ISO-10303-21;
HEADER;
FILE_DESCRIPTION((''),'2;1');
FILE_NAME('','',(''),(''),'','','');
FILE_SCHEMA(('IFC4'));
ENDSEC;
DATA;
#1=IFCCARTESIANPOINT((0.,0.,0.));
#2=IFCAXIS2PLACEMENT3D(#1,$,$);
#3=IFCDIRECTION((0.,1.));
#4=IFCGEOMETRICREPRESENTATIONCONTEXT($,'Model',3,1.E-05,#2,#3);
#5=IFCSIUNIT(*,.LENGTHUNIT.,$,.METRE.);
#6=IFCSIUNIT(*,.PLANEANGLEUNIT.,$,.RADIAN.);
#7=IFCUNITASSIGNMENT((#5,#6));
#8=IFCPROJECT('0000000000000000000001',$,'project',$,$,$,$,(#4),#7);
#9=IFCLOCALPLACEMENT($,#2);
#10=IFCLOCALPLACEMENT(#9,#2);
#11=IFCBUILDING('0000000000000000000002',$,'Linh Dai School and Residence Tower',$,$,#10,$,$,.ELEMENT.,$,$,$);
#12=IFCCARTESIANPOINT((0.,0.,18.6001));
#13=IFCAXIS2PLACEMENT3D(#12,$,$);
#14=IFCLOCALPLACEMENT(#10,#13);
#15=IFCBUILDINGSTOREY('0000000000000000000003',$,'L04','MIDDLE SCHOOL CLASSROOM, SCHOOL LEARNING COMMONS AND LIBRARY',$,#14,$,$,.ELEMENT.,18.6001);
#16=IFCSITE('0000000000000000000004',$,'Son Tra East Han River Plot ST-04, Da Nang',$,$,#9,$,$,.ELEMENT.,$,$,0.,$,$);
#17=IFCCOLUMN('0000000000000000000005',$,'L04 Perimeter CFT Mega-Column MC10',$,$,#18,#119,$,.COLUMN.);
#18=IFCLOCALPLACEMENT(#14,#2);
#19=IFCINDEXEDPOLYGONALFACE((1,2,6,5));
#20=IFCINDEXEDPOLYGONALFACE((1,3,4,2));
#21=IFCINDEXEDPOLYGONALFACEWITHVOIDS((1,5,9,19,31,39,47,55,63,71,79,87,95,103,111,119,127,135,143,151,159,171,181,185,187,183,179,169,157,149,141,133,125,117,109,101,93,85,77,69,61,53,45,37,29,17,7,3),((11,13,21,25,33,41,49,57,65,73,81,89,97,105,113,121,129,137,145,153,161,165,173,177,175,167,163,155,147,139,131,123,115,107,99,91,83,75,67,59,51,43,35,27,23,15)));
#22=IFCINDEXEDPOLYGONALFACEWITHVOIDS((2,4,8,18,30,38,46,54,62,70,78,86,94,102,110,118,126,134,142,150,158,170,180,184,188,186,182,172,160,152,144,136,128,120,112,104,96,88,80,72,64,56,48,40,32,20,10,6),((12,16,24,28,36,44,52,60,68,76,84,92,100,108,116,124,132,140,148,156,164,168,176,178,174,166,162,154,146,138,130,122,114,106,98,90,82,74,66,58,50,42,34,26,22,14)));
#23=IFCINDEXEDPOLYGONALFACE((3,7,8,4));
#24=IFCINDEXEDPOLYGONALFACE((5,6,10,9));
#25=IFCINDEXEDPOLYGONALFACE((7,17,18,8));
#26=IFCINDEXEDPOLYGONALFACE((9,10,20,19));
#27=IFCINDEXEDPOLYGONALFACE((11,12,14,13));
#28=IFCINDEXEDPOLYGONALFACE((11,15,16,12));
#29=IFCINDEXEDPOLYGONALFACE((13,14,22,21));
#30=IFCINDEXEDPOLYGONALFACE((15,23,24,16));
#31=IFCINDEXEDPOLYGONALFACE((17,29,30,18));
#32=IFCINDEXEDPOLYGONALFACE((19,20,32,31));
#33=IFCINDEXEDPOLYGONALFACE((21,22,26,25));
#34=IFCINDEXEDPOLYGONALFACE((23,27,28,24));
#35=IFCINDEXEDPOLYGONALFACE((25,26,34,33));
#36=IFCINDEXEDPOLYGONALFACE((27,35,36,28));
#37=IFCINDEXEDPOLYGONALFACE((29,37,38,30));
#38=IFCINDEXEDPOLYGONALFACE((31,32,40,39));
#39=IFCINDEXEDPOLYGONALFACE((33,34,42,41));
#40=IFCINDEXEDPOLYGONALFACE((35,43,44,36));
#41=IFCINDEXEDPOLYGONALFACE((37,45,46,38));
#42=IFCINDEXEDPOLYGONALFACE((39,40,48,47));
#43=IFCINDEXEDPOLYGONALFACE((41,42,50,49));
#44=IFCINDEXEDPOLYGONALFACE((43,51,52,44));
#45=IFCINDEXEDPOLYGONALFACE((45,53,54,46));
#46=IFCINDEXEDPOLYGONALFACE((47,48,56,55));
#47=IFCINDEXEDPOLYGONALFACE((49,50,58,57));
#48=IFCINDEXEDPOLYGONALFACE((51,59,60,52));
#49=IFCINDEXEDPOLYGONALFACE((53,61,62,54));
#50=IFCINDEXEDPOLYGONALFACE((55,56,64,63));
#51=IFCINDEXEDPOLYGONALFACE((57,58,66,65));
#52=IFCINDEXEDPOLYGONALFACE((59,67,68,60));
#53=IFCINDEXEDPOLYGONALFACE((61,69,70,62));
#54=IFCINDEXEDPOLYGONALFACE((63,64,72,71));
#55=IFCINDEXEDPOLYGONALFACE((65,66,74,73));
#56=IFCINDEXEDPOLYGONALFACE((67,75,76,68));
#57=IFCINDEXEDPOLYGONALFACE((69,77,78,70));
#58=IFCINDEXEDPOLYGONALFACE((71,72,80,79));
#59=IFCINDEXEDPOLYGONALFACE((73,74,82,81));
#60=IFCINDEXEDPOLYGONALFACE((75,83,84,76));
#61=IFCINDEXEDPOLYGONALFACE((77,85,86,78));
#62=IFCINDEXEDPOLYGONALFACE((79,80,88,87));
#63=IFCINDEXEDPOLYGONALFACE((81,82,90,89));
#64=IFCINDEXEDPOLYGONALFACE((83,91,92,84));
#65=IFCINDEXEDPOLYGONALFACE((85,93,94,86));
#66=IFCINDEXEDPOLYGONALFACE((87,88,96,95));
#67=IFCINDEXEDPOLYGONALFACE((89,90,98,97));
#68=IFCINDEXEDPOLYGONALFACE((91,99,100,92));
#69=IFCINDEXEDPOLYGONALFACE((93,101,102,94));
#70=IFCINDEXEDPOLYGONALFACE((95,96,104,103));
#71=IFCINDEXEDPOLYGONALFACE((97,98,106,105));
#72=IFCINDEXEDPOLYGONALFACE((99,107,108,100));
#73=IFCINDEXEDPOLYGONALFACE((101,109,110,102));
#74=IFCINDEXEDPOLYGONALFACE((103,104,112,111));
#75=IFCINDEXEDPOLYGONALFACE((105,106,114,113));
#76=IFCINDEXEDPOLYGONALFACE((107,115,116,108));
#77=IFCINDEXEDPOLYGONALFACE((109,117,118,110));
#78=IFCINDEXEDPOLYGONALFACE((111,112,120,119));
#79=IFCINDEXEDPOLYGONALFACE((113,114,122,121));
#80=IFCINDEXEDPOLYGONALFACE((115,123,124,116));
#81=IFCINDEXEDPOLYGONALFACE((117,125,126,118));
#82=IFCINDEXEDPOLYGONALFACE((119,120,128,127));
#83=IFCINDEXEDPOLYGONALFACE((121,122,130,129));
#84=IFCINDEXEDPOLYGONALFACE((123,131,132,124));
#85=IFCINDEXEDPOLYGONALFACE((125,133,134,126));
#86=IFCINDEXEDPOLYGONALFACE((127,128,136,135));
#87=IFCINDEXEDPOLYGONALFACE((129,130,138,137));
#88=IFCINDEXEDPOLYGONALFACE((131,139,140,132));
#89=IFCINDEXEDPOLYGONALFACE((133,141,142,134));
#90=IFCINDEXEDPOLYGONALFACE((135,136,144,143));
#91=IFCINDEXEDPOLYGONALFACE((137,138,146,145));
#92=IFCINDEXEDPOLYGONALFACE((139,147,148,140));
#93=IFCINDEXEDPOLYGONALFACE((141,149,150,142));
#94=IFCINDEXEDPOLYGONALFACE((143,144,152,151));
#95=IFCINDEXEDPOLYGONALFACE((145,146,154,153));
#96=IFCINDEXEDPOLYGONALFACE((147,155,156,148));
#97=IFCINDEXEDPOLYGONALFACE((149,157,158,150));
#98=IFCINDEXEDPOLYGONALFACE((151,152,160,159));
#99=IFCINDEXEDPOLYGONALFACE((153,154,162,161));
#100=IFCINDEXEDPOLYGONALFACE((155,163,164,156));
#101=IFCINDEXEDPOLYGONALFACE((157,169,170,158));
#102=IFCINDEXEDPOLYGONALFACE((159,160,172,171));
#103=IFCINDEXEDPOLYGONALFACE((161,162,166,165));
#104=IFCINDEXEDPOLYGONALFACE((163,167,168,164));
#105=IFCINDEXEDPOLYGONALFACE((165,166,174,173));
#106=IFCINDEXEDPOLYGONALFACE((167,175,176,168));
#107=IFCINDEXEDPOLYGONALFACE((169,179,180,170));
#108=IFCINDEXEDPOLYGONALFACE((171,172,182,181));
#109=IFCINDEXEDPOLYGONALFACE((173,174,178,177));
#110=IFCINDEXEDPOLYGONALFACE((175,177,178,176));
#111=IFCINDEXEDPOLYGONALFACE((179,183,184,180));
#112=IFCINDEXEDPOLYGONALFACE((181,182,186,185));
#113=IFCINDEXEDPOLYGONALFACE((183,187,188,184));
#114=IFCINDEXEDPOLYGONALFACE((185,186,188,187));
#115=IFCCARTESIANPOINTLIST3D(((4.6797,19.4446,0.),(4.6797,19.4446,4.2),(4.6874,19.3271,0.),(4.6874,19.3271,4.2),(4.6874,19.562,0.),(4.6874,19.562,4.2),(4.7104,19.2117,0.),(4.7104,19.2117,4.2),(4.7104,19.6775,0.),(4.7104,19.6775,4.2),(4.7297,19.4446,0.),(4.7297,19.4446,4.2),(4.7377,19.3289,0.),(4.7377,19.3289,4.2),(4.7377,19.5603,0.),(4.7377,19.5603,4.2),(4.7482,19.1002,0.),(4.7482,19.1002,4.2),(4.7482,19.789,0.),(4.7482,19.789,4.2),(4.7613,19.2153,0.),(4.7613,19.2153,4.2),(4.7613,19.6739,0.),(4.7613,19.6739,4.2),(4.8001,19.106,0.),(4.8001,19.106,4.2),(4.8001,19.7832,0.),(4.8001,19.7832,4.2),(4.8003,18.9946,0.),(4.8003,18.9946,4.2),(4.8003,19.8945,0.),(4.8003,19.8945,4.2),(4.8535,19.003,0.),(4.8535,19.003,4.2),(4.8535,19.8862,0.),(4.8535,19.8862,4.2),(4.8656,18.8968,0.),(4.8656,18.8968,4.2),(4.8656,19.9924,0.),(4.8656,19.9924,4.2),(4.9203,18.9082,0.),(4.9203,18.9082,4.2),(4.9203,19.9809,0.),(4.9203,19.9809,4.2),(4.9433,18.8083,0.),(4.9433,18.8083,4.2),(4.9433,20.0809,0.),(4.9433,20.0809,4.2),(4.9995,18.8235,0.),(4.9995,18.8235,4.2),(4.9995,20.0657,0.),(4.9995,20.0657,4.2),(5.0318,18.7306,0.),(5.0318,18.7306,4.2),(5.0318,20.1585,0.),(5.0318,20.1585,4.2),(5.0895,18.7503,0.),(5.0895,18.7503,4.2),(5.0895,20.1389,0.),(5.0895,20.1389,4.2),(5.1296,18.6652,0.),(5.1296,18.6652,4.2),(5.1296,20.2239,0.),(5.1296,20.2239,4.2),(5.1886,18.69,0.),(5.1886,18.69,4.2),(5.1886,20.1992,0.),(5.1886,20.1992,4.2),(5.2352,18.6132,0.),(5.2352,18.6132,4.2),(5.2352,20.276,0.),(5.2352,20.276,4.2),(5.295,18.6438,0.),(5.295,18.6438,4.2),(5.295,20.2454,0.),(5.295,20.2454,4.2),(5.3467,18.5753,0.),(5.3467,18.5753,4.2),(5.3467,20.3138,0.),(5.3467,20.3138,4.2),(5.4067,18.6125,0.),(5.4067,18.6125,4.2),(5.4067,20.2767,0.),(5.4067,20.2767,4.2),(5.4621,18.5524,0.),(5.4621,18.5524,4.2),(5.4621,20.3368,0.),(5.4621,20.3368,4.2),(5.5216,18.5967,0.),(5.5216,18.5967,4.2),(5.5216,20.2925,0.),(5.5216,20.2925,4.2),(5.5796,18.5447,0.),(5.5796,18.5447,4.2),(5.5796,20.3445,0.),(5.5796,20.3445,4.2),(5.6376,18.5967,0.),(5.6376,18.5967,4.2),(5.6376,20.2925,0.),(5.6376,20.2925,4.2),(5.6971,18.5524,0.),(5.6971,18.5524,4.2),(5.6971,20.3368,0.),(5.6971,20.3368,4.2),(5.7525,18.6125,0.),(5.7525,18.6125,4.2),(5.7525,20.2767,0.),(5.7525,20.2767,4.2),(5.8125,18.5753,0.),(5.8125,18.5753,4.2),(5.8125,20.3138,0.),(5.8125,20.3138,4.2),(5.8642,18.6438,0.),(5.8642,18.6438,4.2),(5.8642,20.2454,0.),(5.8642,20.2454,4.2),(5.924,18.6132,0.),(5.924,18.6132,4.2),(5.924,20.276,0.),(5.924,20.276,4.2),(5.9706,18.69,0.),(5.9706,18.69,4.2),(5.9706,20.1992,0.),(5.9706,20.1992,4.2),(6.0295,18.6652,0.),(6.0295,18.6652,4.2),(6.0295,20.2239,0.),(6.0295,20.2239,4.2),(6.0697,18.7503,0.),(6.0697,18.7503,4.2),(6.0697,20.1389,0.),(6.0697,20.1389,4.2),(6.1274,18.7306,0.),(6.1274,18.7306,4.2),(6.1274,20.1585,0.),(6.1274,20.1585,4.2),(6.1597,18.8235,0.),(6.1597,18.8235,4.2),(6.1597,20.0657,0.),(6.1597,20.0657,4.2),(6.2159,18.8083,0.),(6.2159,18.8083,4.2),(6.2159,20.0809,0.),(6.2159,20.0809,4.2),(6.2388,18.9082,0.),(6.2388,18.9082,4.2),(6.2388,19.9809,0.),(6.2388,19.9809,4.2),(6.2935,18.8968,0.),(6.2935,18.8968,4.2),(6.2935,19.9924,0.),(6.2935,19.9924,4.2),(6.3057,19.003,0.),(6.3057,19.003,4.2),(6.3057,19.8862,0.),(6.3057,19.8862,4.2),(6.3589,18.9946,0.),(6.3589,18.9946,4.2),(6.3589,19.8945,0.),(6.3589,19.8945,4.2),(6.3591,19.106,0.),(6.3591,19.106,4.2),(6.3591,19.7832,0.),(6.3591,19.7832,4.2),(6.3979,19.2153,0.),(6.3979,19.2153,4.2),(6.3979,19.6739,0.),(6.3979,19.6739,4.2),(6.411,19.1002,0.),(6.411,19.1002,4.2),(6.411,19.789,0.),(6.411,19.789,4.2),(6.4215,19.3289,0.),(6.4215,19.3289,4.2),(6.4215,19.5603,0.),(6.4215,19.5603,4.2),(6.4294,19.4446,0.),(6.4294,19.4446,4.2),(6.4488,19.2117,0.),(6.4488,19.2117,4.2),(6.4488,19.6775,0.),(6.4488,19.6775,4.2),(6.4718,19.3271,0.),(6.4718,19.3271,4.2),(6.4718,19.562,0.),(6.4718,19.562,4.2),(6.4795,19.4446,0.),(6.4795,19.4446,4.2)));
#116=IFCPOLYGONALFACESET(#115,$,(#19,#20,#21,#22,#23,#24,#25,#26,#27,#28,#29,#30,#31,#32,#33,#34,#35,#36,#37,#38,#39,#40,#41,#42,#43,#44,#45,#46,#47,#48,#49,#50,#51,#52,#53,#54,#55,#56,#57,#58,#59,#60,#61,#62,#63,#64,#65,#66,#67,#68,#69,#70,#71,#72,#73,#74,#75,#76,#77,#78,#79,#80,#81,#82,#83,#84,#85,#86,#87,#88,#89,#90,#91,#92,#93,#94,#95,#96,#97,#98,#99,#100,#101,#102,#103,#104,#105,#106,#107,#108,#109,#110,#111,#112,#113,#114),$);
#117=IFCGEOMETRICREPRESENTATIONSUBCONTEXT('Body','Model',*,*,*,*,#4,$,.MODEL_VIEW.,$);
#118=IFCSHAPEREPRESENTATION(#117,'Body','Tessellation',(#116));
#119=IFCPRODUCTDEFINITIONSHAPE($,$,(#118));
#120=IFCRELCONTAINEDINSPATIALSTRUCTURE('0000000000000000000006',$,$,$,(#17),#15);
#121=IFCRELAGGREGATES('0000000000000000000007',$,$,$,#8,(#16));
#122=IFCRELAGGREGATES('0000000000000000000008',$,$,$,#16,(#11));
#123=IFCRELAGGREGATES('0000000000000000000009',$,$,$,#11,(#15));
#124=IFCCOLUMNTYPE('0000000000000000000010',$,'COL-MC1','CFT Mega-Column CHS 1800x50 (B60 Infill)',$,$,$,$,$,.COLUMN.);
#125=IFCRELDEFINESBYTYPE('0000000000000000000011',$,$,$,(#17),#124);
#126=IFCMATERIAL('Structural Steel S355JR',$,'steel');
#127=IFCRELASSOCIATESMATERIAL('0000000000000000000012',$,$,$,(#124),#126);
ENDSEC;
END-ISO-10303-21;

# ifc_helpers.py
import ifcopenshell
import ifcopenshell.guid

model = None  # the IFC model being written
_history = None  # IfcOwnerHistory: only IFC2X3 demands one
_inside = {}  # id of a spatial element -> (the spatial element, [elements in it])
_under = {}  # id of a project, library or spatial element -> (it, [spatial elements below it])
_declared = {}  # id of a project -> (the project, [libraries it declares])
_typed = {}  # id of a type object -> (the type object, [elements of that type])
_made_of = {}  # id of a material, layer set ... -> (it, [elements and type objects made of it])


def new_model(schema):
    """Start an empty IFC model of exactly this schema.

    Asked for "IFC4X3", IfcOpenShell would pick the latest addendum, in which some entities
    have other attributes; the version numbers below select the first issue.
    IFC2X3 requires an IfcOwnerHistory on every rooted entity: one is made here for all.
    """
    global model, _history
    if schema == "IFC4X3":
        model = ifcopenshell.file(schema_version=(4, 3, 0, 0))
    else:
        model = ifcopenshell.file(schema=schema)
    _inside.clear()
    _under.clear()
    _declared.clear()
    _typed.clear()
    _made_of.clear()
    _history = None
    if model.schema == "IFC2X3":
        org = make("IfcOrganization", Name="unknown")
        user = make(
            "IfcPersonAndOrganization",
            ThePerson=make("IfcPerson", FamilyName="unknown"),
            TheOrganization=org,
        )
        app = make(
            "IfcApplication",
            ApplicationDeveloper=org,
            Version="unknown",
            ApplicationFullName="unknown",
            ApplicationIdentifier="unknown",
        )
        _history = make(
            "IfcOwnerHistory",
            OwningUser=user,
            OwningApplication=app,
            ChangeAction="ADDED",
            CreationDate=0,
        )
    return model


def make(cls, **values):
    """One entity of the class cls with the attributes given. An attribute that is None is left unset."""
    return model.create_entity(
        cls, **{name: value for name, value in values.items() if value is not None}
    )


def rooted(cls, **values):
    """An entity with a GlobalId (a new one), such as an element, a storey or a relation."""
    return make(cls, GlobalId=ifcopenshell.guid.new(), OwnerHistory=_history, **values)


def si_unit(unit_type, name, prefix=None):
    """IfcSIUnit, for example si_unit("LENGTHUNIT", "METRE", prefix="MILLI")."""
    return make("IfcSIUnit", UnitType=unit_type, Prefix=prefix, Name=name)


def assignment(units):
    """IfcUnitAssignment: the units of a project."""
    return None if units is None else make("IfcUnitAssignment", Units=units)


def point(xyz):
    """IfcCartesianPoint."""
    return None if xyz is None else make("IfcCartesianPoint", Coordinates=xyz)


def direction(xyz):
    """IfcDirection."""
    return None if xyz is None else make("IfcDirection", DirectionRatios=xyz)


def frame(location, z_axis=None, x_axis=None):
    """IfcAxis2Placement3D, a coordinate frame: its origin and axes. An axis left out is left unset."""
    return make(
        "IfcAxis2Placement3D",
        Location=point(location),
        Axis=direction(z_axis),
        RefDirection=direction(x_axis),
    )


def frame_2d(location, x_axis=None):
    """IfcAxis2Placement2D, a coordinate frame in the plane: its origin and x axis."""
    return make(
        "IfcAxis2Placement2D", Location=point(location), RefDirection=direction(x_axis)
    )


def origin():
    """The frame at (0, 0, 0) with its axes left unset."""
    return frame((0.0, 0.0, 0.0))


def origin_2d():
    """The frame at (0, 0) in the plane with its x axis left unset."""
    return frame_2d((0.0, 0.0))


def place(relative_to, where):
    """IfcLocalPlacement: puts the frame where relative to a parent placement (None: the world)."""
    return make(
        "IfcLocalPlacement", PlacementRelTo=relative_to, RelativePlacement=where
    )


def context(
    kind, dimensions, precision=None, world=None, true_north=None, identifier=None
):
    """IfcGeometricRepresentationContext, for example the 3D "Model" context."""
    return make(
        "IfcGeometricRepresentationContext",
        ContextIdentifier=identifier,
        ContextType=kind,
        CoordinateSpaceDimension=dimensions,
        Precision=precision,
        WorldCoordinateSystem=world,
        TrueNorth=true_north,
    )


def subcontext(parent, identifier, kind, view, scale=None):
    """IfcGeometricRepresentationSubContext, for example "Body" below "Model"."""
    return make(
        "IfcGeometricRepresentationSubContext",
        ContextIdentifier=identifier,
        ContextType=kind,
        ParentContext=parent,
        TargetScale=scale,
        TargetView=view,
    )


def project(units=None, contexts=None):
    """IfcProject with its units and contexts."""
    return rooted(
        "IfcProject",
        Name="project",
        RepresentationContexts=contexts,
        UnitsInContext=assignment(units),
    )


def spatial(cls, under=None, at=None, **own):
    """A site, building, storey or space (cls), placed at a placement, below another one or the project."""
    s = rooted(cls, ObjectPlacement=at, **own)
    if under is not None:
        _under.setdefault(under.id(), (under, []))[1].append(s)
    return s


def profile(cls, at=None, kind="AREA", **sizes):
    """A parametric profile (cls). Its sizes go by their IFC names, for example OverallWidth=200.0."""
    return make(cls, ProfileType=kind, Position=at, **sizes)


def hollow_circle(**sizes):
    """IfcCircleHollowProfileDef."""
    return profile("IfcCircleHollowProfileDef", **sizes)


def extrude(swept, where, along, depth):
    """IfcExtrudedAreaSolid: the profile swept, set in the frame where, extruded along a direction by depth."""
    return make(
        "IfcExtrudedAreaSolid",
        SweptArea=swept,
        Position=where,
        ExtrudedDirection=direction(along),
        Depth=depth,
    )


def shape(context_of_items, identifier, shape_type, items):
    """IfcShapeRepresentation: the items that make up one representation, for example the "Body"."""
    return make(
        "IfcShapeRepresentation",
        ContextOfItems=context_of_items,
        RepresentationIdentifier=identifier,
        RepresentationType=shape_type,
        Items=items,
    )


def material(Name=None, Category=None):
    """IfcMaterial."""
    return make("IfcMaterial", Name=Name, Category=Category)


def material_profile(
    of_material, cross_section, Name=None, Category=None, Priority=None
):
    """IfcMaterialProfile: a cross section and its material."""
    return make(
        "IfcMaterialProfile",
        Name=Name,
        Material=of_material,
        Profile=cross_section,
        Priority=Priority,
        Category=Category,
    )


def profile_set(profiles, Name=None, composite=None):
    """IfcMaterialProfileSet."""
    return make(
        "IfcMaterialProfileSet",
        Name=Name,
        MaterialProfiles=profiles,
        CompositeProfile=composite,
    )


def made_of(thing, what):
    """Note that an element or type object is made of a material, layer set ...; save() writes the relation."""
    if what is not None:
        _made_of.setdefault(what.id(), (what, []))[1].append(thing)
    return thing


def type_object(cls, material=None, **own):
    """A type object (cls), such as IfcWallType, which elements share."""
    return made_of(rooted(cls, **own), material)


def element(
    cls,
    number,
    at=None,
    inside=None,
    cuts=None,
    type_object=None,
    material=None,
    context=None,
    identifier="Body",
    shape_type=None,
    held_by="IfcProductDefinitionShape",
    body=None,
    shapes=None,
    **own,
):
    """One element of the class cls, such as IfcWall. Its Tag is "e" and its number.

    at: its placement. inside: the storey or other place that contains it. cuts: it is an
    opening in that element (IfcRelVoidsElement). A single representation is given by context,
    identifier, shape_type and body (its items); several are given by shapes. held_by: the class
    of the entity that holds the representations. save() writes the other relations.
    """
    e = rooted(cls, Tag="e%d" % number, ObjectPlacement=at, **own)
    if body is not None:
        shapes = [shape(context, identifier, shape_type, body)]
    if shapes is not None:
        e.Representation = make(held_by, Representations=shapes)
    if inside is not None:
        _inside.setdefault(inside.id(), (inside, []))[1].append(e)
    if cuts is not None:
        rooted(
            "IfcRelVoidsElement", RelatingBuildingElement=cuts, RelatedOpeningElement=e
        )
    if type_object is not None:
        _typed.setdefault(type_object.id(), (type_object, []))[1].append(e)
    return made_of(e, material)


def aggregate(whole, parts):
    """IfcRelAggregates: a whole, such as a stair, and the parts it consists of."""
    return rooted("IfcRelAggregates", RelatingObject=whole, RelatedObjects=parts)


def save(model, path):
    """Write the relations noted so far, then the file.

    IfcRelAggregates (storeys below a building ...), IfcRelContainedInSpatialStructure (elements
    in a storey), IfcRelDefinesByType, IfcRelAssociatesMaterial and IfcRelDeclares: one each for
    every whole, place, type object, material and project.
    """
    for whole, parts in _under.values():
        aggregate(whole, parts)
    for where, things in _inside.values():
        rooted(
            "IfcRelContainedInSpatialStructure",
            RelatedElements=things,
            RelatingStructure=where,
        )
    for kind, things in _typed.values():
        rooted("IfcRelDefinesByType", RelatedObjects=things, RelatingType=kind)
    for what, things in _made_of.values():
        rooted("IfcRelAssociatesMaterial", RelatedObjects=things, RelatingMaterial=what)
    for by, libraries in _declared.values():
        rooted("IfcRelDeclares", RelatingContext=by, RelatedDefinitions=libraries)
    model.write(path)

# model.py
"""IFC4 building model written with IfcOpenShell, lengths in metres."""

from ifc_helpers import new_model, si_unit, direction, frame, origin, origin_2d, place, context, subcontext, project, spatial, hollow_circle, extrude, material, material_profile, profile_set, type_object, element, save


model = new_model("IFC4")

# Units and contexts
model_context = context("Model", 3, precision=1e-05, world=origin(), true_north=direction((0.0, 1.0)))
body_context = subcontext(model_context, "Body", "Model", "MODEL_VIEW")
ifc_project = project(units=[si_unit("LENGTHUNIT", "METRE"), si_unit("PLANEANGLEUNIT", "RADIAN")], contexts=[model_context])

# Site, building, storey
site_placement = place(None, origin())
site = spatial("IfcSite", under=ifc_project, at=site_placement, Name="Son Tra East Han River Plot ST-04, Da Nang", CompositionType="ELEMENT", RefElevation=0.0)
building_placement = place(site_placement, origin())
building = spatial("IfcBuilding", under=site, at=building_placement, Name="Linh Dai School and Residence Tower", CompositionType="ELEMENT")
storey_placement = place(building_placement, frame((0.0, 0.0, 18.6001)))
storey = spatial("IfcBuildingStorey", under=building, at=storey_placement, Name="L04", Description="MIDDLE SCHOOL CLASSROOM, SCHOOL LEARNING COMMONS AND LIBRARY", CompositionType="ELEMENT", Elevation=18.6001)

# Column
ifc_material_1 = material(Name="Structural Steel S355JR", Category="steel")
ifc_material_profile_1 = material_profile(ifc_material_1, hollow_circle(Radius=0.8999, WallThickness=0.05, at=origin_2d()), Name="CHS 1800x50")
ifc_profile_set_1 = profile_set([ifc_material_profile_1], Name="Structural Steel S355JR")
column_type = type_object("IfcColumnType", Name="COL-MC1", Description="CFT Mega-Column CHS 1800x50 (B60 Infill)", PredefinedType="COLUMN", material=ifc_profile_set_1)
for number, where, z_axis, x_axis, name in (
    (1, (5.5796, 19.4446, 0.0), (0.0, 0.0, 1.0), (1.0, 0.0, 0.0), "L04 Perimeter CFT Mega-Column MC10"),
):
    element("IfcColumn", number, at=place(storey_placement, frame(where, z_axis=z_axis, x_axis=x_axis)), inside=storey, type_object=column_type, Name=name, PredefinedType="COLUMN", context=body_context, shape_type="SweptSolid", body=[
        extrude(hollow_circle(Radius=0.8999, WallThickness=0.05, at=origin_2d()), origin(), (0.0, 0.0, 1.0), 4.2),
    ])

save(model, "model.ifc")
